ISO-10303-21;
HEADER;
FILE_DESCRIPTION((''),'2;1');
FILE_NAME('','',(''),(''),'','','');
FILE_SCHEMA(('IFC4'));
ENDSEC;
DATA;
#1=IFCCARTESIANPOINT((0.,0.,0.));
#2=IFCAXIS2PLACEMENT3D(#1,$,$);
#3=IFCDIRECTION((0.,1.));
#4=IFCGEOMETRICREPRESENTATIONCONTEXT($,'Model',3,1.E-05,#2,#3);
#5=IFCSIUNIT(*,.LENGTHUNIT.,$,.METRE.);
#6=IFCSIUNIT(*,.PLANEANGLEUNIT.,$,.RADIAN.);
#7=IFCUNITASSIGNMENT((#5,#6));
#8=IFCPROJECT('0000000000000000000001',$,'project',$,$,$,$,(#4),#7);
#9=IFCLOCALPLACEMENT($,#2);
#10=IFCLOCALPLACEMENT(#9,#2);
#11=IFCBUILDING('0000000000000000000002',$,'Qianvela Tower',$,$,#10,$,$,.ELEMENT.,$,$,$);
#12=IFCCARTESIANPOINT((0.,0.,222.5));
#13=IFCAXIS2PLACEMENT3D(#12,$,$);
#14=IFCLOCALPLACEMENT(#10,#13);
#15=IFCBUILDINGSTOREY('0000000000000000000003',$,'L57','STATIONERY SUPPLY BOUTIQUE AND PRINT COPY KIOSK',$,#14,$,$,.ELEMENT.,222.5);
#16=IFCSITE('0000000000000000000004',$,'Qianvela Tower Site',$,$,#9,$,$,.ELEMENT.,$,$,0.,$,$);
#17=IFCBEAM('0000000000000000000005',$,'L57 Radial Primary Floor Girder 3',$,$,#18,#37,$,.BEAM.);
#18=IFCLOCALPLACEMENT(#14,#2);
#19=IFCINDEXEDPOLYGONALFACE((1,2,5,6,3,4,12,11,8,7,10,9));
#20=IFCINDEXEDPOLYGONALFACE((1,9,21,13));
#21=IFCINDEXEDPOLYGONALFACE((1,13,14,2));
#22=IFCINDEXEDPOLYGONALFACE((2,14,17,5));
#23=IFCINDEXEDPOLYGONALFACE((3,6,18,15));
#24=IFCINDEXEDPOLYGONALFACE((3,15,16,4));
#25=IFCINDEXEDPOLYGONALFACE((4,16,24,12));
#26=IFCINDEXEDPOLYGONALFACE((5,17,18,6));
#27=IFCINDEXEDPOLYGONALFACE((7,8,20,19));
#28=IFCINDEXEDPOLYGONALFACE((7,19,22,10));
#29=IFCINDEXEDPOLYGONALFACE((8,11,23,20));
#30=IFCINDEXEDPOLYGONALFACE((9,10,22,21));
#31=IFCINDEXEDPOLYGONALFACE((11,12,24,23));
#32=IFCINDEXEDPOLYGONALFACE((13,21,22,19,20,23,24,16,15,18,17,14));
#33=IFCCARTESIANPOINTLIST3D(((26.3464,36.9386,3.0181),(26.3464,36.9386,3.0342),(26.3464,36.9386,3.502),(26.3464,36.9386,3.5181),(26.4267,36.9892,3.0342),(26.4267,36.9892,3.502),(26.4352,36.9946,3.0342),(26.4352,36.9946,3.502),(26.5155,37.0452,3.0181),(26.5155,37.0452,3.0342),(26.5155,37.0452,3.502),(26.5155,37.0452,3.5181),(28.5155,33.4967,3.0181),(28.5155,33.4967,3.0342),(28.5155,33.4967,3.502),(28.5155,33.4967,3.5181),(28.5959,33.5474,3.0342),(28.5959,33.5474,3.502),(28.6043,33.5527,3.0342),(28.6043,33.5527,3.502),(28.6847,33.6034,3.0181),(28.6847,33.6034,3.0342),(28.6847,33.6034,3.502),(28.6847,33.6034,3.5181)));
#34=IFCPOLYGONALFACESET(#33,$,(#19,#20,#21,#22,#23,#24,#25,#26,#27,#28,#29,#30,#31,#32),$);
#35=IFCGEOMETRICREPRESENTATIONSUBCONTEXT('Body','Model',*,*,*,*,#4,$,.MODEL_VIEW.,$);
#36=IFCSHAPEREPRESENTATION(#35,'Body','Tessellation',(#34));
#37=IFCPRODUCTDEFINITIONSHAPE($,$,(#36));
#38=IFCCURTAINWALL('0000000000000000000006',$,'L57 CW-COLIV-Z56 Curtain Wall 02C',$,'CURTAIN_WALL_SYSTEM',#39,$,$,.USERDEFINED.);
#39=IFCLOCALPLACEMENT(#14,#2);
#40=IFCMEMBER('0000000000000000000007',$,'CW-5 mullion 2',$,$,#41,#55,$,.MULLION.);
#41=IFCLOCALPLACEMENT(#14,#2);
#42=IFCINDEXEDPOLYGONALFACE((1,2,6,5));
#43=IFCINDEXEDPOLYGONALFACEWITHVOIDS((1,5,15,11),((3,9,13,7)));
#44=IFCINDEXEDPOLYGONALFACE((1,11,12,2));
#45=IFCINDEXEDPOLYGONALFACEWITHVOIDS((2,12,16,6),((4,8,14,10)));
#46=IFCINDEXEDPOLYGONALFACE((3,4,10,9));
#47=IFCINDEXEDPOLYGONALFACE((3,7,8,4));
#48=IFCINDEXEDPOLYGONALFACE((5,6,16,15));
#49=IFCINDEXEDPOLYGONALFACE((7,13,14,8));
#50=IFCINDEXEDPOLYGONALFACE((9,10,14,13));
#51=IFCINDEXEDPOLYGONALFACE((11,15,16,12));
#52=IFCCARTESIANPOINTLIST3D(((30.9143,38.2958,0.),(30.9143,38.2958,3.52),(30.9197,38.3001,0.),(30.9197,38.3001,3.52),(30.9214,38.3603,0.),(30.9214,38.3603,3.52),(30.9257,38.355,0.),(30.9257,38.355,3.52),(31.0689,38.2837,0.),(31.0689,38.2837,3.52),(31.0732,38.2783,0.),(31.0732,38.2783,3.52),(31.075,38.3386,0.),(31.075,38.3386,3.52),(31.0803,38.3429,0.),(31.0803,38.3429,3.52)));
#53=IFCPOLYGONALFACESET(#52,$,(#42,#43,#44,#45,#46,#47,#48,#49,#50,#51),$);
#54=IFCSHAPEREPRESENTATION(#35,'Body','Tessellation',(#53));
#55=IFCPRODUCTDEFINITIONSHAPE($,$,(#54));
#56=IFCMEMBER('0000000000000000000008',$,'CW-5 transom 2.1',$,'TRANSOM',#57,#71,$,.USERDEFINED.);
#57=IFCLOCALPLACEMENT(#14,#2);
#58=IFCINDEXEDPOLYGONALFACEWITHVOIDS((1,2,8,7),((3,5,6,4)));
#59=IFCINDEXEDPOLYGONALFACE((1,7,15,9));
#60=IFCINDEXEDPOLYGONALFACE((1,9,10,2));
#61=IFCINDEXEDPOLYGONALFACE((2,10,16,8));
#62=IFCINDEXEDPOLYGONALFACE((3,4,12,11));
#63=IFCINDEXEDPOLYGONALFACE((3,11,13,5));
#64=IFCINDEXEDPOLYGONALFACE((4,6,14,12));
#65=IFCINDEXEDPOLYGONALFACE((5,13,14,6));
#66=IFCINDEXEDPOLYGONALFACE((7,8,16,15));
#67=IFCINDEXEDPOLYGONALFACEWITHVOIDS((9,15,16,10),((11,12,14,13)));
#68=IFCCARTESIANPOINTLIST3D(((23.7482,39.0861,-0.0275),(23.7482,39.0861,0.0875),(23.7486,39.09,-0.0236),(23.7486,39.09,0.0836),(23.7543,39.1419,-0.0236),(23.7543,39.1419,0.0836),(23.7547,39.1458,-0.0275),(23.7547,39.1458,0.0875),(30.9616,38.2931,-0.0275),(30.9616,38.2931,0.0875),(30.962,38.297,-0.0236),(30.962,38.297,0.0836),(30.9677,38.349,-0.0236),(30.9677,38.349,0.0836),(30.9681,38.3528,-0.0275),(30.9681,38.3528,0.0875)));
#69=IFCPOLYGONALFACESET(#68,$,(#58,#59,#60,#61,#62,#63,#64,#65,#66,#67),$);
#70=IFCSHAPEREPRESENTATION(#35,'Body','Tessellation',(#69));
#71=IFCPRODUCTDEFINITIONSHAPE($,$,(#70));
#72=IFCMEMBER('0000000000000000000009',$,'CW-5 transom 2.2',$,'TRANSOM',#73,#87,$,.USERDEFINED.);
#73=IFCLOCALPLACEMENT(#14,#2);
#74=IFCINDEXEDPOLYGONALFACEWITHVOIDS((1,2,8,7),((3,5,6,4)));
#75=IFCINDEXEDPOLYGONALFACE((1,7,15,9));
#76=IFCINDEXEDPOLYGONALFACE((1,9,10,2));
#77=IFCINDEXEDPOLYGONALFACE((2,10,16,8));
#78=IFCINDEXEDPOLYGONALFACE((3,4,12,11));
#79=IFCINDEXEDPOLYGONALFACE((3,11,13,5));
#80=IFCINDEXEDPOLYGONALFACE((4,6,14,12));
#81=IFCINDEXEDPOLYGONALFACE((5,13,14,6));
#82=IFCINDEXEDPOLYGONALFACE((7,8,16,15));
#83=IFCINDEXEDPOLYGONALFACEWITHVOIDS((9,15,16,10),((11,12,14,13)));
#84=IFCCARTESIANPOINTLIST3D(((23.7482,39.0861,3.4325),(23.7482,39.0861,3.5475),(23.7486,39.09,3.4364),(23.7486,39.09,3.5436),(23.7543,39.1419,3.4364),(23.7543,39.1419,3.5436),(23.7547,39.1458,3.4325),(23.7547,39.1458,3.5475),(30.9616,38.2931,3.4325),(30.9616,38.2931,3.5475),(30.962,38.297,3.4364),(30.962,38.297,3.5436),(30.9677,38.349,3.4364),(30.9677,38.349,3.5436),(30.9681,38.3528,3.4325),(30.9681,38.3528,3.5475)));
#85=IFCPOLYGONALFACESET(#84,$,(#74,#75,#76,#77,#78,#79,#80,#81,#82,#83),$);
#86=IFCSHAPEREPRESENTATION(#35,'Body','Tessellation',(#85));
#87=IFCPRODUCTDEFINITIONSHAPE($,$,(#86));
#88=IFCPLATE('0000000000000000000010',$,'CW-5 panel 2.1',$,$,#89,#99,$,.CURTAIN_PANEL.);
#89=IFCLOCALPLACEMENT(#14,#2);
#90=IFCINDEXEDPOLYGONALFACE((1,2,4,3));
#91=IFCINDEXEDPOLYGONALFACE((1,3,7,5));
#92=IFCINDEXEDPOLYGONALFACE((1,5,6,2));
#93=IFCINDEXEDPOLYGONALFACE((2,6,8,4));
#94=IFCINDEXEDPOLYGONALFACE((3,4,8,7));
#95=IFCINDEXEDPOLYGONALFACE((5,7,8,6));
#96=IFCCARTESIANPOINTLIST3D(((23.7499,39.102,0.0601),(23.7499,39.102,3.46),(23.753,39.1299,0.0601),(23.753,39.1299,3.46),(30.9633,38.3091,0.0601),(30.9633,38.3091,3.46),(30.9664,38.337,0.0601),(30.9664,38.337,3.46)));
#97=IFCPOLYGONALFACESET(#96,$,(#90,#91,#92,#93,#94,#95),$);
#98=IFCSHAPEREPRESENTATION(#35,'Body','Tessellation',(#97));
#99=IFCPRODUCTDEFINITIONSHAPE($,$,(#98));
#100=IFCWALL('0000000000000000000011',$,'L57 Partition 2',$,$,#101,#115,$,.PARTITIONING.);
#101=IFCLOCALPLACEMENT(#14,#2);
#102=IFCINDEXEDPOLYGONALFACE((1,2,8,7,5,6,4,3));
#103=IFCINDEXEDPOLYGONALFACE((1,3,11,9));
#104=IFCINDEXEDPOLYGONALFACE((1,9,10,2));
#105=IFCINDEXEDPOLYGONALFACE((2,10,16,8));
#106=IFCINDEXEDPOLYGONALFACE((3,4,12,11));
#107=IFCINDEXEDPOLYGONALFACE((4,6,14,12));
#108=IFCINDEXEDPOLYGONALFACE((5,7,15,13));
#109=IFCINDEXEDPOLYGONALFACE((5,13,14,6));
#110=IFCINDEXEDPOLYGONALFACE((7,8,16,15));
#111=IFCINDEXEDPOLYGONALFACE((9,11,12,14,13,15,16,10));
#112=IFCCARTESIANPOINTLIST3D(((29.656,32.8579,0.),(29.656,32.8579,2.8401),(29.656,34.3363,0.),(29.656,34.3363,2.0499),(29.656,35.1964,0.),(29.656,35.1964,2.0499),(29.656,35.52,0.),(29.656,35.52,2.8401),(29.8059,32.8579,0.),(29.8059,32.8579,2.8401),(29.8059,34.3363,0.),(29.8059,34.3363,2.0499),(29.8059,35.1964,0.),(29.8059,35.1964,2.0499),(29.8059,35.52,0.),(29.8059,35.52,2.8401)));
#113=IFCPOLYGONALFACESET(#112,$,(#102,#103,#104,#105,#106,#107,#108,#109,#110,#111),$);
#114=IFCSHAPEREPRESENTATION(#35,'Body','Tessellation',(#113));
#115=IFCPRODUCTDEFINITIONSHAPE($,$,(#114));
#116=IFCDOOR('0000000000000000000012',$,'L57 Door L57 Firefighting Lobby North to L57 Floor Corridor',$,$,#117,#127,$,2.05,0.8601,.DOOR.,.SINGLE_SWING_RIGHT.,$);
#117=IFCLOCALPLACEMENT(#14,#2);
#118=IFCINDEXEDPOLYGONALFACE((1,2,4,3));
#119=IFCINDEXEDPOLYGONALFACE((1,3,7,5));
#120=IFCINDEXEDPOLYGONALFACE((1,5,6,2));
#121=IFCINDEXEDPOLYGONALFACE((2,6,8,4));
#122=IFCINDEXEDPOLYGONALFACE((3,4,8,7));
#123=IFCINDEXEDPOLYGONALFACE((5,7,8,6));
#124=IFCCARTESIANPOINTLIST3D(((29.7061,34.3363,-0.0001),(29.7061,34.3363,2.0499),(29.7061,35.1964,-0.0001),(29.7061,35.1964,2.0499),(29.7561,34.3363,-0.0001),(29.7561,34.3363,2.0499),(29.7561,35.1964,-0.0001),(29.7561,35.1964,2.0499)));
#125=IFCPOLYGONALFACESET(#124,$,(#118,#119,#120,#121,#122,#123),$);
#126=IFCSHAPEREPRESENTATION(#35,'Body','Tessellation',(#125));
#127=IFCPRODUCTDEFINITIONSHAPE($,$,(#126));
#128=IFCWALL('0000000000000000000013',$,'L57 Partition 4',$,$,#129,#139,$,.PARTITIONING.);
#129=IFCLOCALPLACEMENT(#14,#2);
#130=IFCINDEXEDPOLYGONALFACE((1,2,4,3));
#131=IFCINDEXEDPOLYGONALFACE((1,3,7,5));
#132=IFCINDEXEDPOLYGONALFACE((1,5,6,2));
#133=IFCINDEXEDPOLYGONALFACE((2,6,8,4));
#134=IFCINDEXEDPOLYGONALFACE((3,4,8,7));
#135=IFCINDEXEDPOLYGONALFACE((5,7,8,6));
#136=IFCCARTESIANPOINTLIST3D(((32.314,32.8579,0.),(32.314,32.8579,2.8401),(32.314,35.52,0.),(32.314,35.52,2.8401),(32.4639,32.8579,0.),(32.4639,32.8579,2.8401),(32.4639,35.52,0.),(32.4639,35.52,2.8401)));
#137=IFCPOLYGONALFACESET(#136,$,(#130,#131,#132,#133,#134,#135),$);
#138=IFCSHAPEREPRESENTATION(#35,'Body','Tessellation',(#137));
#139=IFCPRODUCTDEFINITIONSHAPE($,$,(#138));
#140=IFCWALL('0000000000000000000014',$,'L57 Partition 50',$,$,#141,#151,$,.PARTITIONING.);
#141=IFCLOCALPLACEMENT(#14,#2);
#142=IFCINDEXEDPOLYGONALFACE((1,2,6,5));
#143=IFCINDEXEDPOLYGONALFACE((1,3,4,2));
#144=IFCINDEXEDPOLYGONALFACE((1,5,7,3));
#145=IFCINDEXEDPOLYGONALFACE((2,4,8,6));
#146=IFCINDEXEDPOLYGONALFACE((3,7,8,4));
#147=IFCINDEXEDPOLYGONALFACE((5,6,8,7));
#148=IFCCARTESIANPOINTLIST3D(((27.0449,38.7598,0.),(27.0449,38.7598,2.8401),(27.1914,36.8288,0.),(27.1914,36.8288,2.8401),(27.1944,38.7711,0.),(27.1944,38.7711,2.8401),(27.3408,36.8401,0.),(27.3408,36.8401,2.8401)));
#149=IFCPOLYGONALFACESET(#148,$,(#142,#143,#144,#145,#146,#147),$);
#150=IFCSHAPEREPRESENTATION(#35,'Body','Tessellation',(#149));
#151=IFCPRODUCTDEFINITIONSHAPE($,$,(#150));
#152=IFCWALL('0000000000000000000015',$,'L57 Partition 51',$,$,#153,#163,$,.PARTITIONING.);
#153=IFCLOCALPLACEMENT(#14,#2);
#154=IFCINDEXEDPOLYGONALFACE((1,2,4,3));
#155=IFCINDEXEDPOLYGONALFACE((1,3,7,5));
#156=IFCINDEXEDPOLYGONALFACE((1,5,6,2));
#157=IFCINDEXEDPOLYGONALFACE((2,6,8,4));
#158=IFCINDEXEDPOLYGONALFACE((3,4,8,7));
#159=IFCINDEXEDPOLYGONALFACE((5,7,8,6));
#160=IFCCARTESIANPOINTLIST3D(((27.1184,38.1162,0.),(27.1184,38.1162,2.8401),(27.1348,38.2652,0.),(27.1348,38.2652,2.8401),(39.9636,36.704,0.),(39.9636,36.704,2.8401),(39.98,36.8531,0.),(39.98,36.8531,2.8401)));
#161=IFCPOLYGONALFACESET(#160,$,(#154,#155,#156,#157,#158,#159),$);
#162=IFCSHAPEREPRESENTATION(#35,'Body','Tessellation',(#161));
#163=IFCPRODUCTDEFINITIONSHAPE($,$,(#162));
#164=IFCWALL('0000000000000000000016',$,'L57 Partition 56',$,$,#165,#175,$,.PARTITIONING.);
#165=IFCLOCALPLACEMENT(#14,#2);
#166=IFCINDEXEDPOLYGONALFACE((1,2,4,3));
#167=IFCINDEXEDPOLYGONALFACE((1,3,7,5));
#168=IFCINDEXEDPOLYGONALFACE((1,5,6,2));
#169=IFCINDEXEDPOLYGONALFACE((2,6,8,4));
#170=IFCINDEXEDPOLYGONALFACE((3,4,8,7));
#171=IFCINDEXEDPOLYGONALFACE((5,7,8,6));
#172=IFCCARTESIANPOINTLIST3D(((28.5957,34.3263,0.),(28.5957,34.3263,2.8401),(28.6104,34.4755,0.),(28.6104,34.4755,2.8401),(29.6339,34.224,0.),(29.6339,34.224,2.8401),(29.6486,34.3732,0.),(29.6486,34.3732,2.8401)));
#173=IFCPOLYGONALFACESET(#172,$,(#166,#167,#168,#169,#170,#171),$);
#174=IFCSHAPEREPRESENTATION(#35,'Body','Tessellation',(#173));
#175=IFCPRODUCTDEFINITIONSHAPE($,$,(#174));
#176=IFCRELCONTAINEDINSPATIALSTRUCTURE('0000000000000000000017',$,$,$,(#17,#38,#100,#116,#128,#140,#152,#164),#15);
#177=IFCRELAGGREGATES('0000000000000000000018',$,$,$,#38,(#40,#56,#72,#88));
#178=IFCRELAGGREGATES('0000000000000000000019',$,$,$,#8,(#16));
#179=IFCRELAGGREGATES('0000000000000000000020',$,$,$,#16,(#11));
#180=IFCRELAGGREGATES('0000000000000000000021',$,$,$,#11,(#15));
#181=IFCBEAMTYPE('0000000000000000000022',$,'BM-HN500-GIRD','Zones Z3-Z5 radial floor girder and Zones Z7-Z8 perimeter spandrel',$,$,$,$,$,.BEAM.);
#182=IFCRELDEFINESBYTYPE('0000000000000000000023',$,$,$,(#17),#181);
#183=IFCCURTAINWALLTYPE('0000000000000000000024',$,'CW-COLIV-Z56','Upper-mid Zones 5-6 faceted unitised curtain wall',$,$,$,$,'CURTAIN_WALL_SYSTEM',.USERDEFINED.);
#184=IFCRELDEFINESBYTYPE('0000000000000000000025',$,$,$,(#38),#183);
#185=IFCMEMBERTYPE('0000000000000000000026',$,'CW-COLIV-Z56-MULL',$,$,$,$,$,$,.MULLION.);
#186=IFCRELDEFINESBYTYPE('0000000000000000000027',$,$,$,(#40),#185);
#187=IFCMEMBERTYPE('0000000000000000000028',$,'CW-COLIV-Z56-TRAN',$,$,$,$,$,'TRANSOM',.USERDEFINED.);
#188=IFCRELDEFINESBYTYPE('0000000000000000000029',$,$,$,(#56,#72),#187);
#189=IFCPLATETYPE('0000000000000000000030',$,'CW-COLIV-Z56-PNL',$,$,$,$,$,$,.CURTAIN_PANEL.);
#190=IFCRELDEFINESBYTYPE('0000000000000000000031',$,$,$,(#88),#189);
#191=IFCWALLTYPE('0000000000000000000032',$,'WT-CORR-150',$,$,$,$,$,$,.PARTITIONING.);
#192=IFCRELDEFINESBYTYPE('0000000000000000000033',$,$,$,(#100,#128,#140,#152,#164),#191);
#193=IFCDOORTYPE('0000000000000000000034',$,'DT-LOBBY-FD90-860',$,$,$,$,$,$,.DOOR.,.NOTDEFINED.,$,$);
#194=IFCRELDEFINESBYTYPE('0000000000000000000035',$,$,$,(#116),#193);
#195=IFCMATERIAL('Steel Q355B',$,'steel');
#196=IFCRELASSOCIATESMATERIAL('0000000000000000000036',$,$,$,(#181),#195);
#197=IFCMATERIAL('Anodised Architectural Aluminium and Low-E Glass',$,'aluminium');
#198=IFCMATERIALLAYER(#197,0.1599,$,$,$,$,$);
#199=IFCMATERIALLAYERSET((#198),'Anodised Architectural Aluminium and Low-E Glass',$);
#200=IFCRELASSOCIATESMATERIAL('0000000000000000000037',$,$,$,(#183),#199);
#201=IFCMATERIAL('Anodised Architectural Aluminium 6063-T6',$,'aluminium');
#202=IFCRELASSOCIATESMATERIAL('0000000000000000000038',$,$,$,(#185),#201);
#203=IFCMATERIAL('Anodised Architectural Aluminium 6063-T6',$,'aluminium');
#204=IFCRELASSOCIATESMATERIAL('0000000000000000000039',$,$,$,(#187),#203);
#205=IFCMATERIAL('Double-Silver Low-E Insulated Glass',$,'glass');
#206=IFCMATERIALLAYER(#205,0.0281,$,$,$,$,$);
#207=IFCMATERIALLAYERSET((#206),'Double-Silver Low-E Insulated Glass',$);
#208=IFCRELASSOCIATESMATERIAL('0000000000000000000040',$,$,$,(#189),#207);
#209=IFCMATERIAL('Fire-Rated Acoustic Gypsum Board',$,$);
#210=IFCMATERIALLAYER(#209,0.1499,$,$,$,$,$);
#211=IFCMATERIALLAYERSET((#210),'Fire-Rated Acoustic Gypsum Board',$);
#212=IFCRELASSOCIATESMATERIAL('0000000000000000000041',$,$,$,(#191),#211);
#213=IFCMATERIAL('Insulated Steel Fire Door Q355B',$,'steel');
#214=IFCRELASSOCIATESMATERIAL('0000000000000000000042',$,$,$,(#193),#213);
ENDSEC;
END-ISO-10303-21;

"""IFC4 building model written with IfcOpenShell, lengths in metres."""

from ifc_helpers import new_model, si_unit, direction, frame, frame_2d, origin, origin_2d, place, context, subcontext, project, spatial, rectangle, hollow_rectangle, i_section, extrude, material, layer, layer_set, material_profile, profile_set, type_object, element, fill, aggregate, save


model = new_model("IFC4")

# Units and contexts
model_context = context("Model", 3, precision=1e-05, world=origin(), true_north=direction((0.0, 1.0)))
body_context = subcontext(model_context, "Body", "Model", "MODEL_VIEW")
ifc_project = project(units=[si_unit("LENGTHUNIT", "METRE"), si_unit("PLANEANGLEUNIT", "RADIAN")], contexts=[model_context])

# Site, building, storey
site_placement = place(None, origin())
site = spatial("IfcSite", under=ifc_project, at=site_placement, Name="Qianvela Tower Site", CompositionType="ELEMENT", RefElevation=0.0)
building_placement = place(site_placement, origin())
building = spatial("IfcBuilding", under=site, at=building_placement, Name="Qianvela Tower", CompositionType="ELEMENT")
storey_placement = place(building_placement, frame((0.0, 0.0, 222.5)))
storey = spatial("IfcBuildingStorey", under=building, at=storey_placement, Name="L57", Description="STATIONERY SUPPLY BOUTIQUE AND PRINT COPY KIOSK", CompositionType="ELEMENT", Elevation=222.5)

# Beam
ifc_material_1 = material(Name="Steel Q355B", Category="steel")
ifc_material_profile_1 = material_profile(ifc_material_1, i_section(OverallWidth=0.2, OverallDepth=0.5, WebThickness=0.01, FlangeThickness=0.0161, at=origin_2d()), Name="HN500x200x10x16")
ifc_profile_set_1 = profile_set([ifc_material_profile_1], Name="Steel Q355B")
beam_type_1 = type_object("IfcBeamType", Name="BM-HN500-GIRD", Description="Zones Z3-Z5 radial floor girder and Zones Z7-Z8 perimeter spandrel", PredefinedType="BEAM", material=ifc_profile_set_1)
beam_1_placement = place(storey_placement, frame((28.6001, 33.55, 3.2681), z_axis=(-0.533178, 0.846003, 0.0), x_axis=(-0.846003, -0.533178, 0.0)))
element("IfcBeam", 1, at=beam_1_placement, inside=storey, type_object=beam_type_1, Name="L57 Radial Primary Floor Girder 3", PredefinedType="BEAM", context=body_context, shape_type="SweptSolid", body=[
    extrude(i_section(OverallWidth=0.2, OverallDepth=0.5, WebThickness=0.01, FlangeThickness=0.0161, at=origin_2d()), origin(), (0.0, 0.0, 1.0), 4.0684),
])

# Curtain wall, members, plate
ifc_material_2 = material(Name="Anodised Architectural Aluminium and Low-E Glass", Category="aluminium")
ifc_layer_1 = layer(ifc_material_2, 0.1599)
ifc_layer_set_1 = layer_set([ifc_layer_1], Name="Anodised Architectural Aluminium and Low-E Glass")
curtain_wall_type = type_object("IfcCurtainWallType", Name="CW-COLIV-Z56", Description="Upper-mid Zones 5-6 faceted unitised curtain wall", ElementType="CURTAIN_WALL_SYSTEM", PredefinedType="USERDEFINED", material=ifc_layer_set_1)
curtain_wall_placement = place(storey_placement, origin())
curtain_wall = element("IfcCurtainWall", 2, at=curtain_wall_placement, inside=storey, type_object=curtain_wall_type, Name="L57 CW-COLIV-Z56 Curtain Wall 02C", ObjectType="CURTAIN_WALL_SYSTEM", PredefinedType="USERDEFINED")
ifc_material_3 = material(Name="Anodised Architectural Aluminium 6063-T6", Category="aluminium")
ifc_material_profile_2 = material_profile(ifc_material_3, hollow_rectangle(XDim=0.0649, YDim=0.1599, WallThickness=0.0049, at=origin_2d()), Name="ALU-MULL-65x160")
ifc_profile_set_2 = profile_set([ifc_material_profile_2], Name="Anodised Architectural Aluminium 6063-T6")
member_type_1 = type_object("IfcMemberType", Name="CW-COLIV-Z56-MULL", PredefinedType="MULLION", material=ifc_profile_set_2)
member_1_placement = place(storey_placement, frame((30.9973, 38.3193, 0.0), z_axis=(0.0, 0.0, 1.0), x_axis=(-0.109262, -0.994013, 0.0)))
member_1 = element("IfcMember", 3, at=member_1_placement, type_object=member_type_1, Name="CW-5 mullion 2", PredefinedType="MULLION", context=body_context, shape_type="SweptSolid", body=[
    extrude(hollow_rectangle(XDim=0.0649, YDim=0.1599, WallThickness=0.0049, at=origin_2d()), origin(), (0.0, 0.0, 1.0), 3.52),
])
ifc_material_4 = material(Name="Anodised Architectural Aluminium 6063-T6", Category="aluminium")
ifc_material_profile_3 = material_profile(ifc_material_4, hollow_rectangle(XDim=0.0601, YDim=0.115, WallThickness=0.0039, at=origin_2d()), Name="ALU-TRAN-60x115")
ifc_profile_set_3 = profile_set([ifc_material_profile_3], Name="Anodised Architectural Aluminium 6063-T6")
member_type_2 = type_object("IfcMemberType", Name="CW-COLIV-Z56-TRAN", ElementType="TRANSOM", PredefinedType="USERDEFINED", material=ifc_profile_set_3)
member_2_placement = place(storey_placement, frame((30.9648, 38.323, 0.03), z_axis=(-0.994012, 0.109272, 0.0), x_axis=(-0.109272, -0.994012, 0.0)))
member_2 = element("IfcMember", 4, at=member_2_placement, type_object=member_type_2, Name="CW-5 transom 2.1", ObjectType="TRANSOM", PredefinedType="USERDEFINED", context=body_context, shape_type="SweptSolid", body=[
    extrude(hollow_rectangle(XDim=0.0601, YDim=0.115, WallThickness=0.0039, at=origin_2d()), origin(), (0.0, 0.0, 1.0), 7.2568),
])
member_3_placement = place(storey_placement, frame((30.9648, 38.323, 3.49), z_axis=(-0.994012, 0.109272, 0.0), x_axis=(-0.109272, -0.994012, 0.0)))
member_3 = element("IfcMember", 5, at=member_3_placement, type_object=member_type_2, Name="CW-5 transom 2.2", ObjectType="TRANSOM", PredefinedType="USERDEFINED", context=body_context, shape_type="SweptSolid", body=[
    extrude(hollow_rectangle(XDim=0.0601, YDim=0.115, WallThickness=0.0039, at=origin_2d()), origin(), (0.0, 0.0, 1.0), 7.2568),
])
ifc_material_5 = material(Name="Double-Silver Low-E Insulated Glass", Category="glass")
ifc_layer_2 = layer(ifc_material_5, 0.0281)
ifc_layer_set_2 = layer_set([ifc_layer_2], Name="Double-Silver Low-E Insulated Glass")
plate_type = type_object("IfcPlateType", Name="CW-COLIV-Z56-PNL", PredefinedType="CURTAIN_PANEL", material=ifc_layer_set_2)
plate_placement = place(storey_placement, frame((27.3582, 38.7195, 0.0601), z_axis=(0.0, 0.0, 1.0), x_axis=(-0.994013, 0.109262, 0.0)))
plate = element("IfcPlate", 6, at=plate_placement, type_object=plate_type, Name="CW-5 panel 2.1", PredefinedType="CURTAIN_PANEL", context=body_context, shape_type="SweptSolid", body=[
    extrude(rectangle(XDim=7.2568, YDim=0.0281, at=origin_2d()), origin(), (0.0, 0.0, 1.0), 3.3999),
])
aggregate(curtain_wall, [member_1, member_2, member_3, plate])

# Wall, opening, door
ifc_material_6 = material(Name="Fire-Rated Acoustic Gypsum Board")
ifc_layer_3 = layer(ifc_material_6, 0.1499)
ifc_layer_set_3 = layer_set([ifc_layer_3], Name="Fire-Rated Acoustic Gypsum Board")
wall_type_1 = type_object("IfcWallType", Name="WT-CORR-150", PredefinedType="PARTITIONING", material=ifc_layer_set_3)
wall_1_placement = place(storey_placement, frame((29.731, 32.8579, 0.0), z_axis=(0.0, 0.0, 1.0), x_axis=(0.0, 1.0, 0.0)))
wall_1 = element("IfcWall", 7, at=wall_1_placement, inside=storey, type_object=wall_type_1, Name="L57 Partition 2", PredefinedType="PARTITIONING", context=body_context, shape_type="SweptSolid", body=[
    extrude(rectangle(XDim=2.6621, YDim=0.1499, at=frame_2d((1.3311, 0.0))), origin(), (0.0, 0.0, 1.0), 2.8401),
])
opening_1_placement = place(wall_1_placement, frame((1.4783, 0.0, 0.0)))
opening_1 = element("IfcOpeningElement", 8, at=opening_1_placement, cuts=wall_1, PredefinedType="OPENING", context=body_context, shape_type="SweptSolid", body=[
    extrude(rectangle(XDim=0.8601, YDim=2.05, at=frame_2d((0.4302, 1.0249))), frame((0.0, 0.085, 0.0), z_axis=(0.0, -1.0, 0.0), x_axis=(1.0, 0.0, 0.0)), (0.0, 0.0, 1.0), 0.1699),
])
ifc_material_7 = material(Name="Insulated Steel Fire Door Q355B", Category="steel")
door_type_1 = type_object("IfcDoorType", Name="DT-LOBBY-FD90-860", OperationType="NOTDEFINED", PredefinedType="DOOR", material=ifc_material_7)
door_1_placement = place(opening_1_placement, origin())
door_1 = element("IfcDoor", 9, at=door_1_placement, inside=storey, type_object=door_type_1, Name="L57 Door L57 Firefighting Lobby North to L57 Floor Corridor", OperationType="SINGLE_SWING_RIGHT", OverallHeight=2.05, OverallWidth=0.8601, PredefinedType="DOOR", context=body_context, shape_type="SweptSolid", body=[
    extrude(rectangle(XDim=0.8601, YDim=2.05, at=frame_2d((0.4302, 1.0249))), frame((0.0, 0.0249, 0.0), z_axis=(0.0, -1.0, 0.0), x_axis=(1.0, 0.0, 0.0)), (0.0, 0.0, 1.0), 0.05),
])
fill(opening_1, door_1)

# Walls
wall_2_placement = place(storey_placement, frame((32.3889, 35.52, 0.0), z_axis=(0.0, 0.0, 1.0), x_axis=(0.0, -1.0, 0.0)))
element("IfcWall", 10, at=wall_2_placement, inside=storey, type_object=wall_type_1, Name="L57 Partition 4", PredefinedType="PARTITIONING", context=body_context, shape_type="SweptSolid", body=[
    extrude(rectangle(XDim=2.6621, YDim=0.1499, at=frame_2d((1.3311, 0.0))), origin(), (0.0, 0.0, 1.0), 2.8401),
])
wall_3_placement = place(storey_placement, frame((27.2661, 36.8345, 0.0), z_axis=(0.0, 0.0, 1.0), x_axis=(-0.075646, 0.997135, 0.0)))
element("IfcWall", 11, at=wall_3_placement, inside=storey, type_object=wall_type_1, Name="L57 Partition 50", PredefinedType="PARTITIONING", context=body_context, shape_type="SweptSolid", body=[
    extrude(rectangle(XDim=1.9365, YDim=0.1499, at=frame_2d((0.9683, 0.0))), origin(), (0.0, 0.0, 1.0), 2.8401),
])
wall_4_placement = place(storey_placement, frame((27.1265, 38.1907, 0.0), z_axis=(0.0, 0.0, 1.0), x_axis=(0.994012, -0.109274, 0.0)))
element("IfcWall", 12, at=wall_4_placement, inside=storey, type_object=wall_type_1, Name="L57 Partition 51", PredefinedType="PARTITIONING", context=body_context, shape_type="SweptSolid", body=[
    extrude(rectangle(XDim=12.9226, YDim=0.1499, at=frame_2d((6.4614, 0.0))), origin(), (0.0, 0.0, 1.0), 2.8401),
])
wall_5_placement = place(storey_placement, frame((29.6411, 34.2986, 0.0), z_axis=(0.0, 0.0, 1.0), x_axis=(-0.99518, 0.098067, 0.0)))
element("IfcWall", 13, at=wall_5_placement, inside=storey, type_object=wall_type_1, Name="L57 Partition 56", PredefinedType="PARTITIONING", context=body_context, shape_type="SweptSolid", body=[
    extrude(rectangle(XDim=1.0432, YDim=0.1499, at=frame_2d((0.5215, 0.0))), origin(), (0.0, 0.0, 1.0), 2.8401),
])

save(model, "model.ifc")
